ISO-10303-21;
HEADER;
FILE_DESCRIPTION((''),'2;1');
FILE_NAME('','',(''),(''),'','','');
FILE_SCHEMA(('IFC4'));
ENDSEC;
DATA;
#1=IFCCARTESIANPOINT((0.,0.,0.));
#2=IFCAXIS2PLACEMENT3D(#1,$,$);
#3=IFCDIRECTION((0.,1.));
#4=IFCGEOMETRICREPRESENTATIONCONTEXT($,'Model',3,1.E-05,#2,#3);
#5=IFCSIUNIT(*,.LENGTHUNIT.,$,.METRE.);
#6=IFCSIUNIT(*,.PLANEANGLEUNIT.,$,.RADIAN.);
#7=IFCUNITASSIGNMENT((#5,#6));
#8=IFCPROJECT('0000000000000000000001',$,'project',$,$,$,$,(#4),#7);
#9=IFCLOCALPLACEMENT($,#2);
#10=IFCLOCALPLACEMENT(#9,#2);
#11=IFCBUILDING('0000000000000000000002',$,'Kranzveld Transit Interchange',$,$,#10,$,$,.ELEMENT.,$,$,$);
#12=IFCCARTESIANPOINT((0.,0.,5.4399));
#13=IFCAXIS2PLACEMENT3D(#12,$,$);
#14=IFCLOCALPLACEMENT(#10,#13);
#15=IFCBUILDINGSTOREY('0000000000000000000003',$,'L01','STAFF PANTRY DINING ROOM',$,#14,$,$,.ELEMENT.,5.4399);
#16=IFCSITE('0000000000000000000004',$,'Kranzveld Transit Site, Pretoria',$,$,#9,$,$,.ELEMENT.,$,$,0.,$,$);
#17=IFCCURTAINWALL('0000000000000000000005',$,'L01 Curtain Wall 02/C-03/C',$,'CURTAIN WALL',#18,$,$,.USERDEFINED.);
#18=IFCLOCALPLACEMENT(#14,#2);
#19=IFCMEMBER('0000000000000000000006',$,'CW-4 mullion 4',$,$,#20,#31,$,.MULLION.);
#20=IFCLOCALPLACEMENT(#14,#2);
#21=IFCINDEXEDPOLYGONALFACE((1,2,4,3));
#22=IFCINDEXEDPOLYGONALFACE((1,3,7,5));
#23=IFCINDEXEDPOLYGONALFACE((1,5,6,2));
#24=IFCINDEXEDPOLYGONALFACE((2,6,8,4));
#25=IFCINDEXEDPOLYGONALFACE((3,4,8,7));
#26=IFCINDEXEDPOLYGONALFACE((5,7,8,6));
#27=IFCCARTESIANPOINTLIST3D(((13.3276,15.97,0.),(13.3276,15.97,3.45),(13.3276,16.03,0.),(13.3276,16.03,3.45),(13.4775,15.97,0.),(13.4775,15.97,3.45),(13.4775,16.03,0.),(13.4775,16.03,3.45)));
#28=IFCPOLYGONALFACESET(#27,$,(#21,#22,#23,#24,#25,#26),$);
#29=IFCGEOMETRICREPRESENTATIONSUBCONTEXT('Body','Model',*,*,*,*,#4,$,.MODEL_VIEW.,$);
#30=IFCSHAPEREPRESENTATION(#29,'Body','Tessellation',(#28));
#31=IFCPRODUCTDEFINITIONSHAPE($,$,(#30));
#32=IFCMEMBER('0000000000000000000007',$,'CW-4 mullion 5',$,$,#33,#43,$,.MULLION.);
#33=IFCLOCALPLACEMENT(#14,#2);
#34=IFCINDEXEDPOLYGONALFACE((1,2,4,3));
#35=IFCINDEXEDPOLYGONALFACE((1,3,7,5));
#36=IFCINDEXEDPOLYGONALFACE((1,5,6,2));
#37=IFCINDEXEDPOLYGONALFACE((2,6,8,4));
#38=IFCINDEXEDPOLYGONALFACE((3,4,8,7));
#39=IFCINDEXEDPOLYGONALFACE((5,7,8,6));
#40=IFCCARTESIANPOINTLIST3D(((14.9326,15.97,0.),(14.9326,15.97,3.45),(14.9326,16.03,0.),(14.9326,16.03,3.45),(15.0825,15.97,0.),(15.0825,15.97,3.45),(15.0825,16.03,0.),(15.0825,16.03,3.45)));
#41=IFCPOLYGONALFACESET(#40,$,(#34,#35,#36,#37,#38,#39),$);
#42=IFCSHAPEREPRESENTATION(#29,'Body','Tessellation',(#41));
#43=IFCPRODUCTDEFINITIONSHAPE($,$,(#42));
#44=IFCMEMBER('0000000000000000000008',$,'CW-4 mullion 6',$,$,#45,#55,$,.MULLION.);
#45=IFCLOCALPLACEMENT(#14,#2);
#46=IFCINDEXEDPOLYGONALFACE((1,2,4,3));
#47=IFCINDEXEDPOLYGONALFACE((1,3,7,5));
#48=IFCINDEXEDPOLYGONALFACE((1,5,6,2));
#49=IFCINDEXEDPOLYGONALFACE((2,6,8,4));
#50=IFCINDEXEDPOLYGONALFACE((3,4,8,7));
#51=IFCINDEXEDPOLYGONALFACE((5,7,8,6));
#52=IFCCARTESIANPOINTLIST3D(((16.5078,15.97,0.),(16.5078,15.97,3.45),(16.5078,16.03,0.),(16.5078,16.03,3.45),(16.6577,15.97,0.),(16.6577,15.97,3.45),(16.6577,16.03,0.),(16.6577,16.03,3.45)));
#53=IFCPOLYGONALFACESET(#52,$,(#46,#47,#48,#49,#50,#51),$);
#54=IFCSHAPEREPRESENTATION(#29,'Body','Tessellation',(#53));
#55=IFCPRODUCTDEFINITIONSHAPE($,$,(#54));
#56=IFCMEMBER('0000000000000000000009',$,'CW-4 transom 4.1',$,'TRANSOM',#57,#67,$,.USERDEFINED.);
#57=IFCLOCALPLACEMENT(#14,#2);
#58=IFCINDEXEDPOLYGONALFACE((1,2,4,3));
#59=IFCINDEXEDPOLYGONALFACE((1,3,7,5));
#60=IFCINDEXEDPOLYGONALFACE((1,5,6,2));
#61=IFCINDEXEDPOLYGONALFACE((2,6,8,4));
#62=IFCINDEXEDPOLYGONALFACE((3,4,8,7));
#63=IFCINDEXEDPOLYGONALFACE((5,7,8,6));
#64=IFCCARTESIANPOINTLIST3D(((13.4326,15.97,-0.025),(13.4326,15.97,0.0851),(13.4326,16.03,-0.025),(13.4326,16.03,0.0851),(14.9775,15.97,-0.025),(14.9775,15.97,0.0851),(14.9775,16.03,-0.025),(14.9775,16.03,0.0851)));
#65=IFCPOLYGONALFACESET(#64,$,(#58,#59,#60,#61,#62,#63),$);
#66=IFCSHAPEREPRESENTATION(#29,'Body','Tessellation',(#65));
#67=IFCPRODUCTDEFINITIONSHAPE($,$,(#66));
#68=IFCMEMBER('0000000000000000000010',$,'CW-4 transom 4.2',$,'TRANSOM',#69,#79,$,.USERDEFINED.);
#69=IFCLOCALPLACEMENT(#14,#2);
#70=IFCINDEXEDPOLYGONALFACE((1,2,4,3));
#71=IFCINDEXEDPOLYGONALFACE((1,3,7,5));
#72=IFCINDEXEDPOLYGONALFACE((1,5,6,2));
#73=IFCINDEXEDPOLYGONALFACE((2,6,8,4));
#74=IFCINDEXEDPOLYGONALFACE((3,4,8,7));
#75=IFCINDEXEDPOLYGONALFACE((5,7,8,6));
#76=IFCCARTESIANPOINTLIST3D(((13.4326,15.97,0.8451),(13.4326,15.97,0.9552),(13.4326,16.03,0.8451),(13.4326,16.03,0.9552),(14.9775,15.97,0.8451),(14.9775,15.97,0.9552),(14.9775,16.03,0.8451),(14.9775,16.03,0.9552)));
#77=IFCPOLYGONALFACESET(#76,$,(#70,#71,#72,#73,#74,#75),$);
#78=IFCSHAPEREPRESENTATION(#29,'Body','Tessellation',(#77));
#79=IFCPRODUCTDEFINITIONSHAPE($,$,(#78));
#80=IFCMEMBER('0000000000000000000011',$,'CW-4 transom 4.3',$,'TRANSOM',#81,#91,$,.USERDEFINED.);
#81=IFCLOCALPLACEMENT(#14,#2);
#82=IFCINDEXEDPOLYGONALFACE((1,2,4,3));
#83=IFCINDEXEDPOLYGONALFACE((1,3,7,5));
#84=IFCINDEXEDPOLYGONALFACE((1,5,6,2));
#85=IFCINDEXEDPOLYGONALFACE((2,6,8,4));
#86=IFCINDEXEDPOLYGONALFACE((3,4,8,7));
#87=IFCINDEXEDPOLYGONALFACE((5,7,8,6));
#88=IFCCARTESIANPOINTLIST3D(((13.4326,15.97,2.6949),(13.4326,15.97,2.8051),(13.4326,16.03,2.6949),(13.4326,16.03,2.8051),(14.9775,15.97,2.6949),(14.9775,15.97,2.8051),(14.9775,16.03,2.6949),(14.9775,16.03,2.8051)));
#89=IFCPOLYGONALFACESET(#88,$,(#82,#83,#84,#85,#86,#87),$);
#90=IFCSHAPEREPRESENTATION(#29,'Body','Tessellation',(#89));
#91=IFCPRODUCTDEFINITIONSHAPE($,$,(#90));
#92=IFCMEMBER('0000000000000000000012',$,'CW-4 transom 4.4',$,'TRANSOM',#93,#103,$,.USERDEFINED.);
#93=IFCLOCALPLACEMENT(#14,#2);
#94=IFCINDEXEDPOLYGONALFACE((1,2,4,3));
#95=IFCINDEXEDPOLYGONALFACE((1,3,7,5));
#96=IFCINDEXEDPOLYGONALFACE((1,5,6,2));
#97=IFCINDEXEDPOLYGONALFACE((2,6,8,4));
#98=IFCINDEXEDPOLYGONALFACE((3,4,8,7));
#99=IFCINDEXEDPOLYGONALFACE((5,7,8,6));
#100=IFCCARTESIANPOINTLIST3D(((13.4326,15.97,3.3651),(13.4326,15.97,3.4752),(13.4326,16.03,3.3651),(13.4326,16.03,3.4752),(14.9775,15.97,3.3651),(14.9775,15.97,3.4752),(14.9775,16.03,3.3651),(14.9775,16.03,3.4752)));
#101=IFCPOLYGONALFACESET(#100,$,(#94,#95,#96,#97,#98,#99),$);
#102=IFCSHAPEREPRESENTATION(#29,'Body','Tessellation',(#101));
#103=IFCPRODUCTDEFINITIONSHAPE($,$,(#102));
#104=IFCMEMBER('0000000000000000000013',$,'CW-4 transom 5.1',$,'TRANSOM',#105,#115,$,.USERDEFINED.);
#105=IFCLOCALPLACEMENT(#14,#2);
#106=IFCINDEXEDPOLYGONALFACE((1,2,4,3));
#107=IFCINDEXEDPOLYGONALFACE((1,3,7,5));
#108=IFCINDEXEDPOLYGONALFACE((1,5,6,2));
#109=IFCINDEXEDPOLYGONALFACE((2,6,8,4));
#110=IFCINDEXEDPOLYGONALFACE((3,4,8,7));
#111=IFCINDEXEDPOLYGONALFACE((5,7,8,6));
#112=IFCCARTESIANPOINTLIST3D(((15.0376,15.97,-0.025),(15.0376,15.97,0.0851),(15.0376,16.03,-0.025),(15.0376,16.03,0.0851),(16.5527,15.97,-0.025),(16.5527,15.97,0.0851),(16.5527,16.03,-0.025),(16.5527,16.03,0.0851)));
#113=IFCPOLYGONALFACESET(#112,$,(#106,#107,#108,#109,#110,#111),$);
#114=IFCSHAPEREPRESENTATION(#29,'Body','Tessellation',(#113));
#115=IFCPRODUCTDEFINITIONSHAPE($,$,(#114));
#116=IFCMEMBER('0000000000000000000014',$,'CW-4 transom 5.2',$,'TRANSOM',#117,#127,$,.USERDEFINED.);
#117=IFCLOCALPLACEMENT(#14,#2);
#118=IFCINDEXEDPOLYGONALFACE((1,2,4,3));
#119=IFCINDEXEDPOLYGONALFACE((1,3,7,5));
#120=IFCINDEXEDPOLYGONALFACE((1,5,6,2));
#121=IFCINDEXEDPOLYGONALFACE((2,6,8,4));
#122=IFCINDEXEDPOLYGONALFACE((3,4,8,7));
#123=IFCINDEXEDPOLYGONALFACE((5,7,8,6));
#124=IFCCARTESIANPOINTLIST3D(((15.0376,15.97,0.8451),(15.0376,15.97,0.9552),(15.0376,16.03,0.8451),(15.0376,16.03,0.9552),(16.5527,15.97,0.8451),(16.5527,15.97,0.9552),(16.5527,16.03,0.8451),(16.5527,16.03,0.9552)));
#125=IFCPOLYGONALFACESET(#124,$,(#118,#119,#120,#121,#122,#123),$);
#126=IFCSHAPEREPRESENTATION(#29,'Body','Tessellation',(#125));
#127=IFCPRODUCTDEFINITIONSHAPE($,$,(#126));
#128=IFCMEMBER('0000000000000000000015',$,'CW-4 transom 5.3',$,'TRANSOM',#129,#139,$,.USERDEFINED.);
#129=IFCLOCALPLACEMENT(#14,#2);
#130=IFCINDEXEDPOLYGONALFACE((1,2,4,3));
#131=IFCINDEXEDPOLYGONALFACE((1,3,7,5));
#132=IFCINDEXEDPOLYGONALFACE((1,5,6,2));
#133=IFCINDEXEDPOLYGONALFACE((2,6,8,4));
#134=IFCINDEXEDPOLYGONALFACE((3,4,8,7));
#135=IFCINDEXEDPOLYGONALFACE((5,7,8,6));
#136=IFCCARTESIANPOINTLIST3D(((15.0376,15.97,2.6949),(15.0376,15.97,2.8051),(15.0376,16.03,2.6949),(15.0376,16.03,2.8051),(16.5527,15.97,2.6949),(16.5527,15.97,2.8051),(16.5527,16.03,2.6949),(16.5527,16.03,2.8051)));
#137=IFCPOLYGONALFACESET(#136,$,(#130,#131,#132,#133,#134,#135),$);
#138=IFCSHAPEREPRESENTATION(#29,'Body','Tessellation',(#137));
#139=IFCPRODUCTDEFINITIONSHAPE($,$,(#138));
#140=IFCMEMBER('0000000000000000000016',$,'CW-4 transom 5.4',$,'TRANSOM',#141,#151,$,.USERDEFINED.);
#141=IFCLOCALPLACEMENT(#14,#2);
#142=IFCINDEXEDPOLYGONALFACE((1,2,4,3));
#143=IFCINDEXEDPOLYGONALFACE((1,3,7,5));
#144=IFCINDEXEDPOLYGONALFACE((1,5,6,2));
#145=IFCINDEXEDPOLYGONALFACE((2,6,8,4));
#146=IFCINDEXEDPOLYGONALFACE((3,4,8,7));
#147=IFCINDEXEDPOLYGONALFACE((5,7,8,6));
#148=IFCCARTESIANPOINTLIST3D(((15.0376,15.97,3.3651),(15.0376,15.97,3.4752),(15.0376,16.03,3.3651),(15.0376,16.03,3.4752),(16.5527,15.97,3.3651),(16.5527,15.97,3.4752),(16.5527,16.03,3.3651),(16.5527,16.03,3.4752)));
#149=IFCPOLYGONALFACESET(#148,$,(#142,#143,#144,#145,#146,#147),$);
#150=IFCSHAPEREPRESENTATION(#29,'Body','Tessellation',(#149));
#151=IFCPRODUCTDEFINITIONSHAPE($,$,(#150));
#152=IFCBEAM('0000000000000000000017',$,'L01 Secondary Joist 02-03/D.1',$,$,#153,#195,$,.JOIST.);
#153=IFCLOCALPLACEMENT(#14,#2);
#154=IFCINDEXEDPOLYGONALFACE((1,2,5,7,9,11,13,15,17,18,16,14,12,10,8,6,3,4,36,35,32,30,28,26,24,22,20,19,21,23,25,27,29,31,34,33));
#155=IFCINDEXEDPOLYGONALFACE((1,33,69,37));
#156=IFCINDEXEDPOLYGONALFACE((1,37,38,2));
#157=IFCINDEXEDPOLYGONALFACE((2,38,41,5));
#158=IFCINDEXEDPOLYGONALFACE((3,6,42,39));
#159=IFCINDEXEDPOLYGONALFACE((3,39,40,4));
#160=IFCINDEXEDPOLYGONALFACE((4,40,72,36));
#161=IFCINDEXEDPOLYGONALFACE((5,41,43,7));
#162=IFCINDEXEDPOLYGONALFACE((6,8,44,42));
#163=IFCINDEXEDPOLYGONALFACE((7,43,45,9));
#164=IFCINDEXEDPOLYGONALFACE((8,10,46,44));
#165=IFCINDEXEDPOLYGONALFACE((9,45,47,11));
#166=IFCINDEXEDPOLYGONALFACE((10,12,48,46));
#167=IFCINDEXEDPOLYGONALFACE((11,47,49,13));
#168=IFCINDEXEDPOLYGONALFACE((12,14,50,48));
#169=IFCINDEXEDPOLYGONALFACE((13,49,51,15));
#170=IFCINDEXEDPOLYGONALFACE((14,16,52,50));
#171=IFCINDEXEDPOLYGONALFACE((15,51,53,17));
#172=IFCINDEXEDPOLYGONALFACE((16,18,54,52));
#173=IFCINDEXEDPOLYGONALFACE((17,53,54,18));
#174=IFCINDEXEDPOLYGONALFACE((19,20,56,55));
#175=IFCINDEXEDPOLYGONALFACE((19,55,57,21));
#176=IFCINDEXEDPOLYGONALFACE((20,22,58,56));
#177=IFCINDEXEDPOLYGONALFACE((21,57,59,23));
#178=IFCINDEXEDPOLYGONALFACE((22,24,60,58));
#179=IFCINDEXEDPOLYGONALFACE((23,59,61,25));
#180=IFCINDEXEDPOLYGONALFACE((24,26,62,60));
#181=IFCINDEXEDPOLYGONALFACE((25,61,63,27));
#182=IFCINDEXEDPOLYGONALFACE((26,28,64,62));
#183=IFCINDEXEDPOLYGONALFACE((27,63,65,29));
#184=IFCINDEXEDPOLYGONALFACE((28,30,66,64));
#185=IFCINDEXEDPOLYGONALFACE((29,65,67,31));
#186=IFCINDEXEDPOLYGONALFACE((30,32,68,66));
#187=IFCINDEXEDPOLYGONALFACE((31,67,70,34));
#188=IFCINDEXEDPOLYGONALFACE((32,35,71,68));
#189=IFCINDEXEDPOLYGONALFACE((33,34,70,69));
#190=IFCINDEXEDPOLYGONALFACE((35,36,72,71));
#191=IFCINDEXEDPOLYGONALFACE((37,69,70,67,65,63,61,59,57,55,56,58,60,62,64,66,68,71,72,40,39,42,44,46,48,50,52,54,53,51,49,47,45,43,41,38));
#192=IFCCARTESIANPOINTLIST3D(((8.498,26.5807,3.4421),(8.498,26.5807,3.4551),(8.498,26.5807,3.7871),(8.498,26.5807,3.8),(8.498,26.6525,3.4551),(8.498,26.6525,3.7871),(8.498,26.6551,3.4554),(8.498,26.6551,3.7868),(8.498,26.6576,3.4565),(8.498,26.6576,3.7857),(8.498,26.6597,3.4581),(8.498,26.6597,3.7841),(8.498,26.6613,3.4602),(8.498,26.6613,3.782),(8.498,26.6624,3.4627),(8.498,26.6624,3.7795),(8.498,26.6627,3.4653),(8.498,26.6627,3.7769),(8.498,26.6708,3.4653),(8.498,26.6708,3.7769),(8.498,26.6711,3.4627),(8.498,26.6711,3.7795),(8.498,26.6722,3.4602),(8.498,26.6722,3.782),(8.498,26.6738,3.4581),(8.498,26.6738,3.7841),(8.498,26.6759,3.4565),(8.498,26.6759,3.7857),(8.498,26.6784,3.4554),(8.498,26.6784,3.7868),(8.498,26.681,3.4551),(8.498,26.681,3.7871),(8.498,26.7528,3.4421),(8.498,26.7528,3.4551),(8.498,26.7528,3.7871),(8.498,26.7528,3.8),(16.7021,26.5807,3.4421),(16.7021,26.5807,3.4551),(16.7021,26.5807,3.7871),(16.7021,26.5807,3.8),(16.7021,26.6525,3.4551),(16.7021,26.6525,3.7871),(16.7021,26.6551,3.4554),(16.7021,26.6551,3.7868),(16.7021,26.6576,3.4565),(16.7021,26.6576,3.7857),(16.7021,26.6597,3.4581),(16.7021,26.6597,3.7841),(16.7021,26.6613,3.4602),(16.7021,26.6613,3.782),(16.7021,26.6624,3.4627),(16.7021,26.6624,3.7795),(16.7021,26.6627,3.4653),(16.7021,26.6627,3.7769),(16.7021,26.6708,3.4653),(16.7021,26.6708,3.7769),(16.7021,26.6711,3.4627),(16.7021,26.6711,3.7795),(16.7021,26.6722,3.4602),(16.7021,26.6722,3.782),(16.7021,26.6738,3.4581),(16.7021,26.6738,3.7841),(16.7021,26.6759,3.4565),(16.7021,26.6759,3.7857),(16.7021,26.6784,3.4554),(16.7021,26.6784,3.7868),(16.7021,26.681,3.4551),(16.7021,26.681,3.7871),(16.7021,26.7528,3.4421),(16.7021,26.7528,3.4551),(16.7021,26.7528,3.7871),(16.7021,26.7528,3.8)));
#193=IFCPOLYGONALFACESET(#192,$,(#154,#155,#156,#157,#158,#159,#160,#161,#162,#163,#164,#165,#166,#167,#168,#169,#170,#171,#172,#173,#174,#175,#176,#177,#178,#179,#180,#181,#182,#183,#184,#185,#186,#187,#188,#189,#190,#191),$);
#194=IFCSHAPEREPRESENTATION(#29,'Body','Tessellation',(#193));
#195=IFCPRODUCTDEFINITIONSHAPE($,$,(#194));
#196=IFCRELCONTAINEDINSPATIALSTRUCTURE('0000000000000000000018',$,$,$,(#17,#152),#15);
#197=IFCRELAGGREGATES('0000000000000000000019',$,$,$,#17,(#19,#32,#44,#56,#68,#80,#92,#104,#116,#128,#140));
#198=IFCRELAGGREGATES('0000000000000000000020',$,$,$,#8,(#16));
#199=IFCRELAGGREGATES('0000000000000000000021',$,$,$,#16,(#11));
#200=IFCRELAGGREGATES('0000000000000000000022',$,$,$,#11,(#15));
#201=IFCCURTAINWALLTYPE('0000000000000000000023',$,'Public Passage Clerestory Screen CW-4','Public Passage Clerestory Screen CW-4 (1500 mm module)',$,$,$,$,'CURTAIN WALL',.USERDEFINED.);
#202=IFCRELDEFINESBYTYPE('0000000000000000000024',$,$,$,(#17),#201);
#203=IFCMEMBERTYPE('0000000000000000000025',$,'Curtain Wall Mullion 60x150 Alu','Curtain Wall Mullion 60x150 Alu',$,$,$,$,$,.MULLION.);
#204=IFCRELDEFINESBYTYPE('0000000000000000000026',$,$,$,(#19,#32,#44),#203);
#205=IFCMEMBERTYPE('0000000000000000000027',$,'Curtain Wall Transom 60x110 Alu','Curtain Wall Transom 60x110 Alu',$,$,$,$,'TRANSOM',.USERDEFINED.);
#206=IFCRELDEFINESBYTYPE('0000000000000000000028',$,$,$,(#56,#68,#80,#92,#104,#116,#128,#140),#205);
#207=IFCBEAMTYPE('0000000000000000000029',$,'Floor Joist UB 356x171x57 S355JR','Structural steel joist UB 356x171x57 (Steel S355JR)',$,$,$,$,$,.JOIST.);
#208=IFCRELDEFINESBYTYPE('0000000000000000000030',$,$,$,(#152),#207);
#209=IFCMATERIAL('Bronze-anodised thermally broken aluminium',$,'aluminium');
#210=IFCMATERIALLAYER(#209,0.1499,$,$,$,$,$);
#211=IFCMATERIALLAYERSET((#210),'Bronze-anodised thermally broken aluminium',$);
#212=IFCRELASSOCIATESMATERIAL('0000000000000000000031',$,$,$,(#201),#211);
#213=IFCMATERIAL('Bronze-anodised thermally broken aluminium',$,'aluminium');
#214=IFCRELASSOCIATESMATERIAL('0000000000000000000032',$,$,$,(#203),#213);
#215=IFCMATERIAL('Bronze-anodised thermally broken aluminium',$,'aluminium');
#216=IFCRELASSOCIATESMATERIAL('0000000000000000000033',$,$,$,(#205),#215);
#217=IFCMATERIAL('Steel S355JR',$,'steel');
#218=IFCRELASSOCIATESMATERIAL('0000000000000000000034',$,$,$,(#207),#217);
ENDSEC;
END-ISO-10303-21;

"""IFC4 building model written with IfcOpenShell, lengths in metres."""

from ifc_helpers import new_model, si_unit, direction, frame, origin, origin_2d, place, context, subcontext, project, spatial, rectangle, i_section, extrude, material, layer, layer_set, material_profile, profile_set, type_object, element, aggregate, save


model = new_model("IFC4")

# Units and contexts
model_context = context("Model", 3, precision=1e-05, world=origin(), true_north=direction((0.0, 1.0)))
body_context = subcontext(model_context, "Body", "Model", "MODEL_VIEW")
ifc_project = project(units=[si_unit("LENGTHUNIT", "METRE"), si_unit("PLANEANGLEUNIT", "RADIAN")], contexts=[model_context])

# Site, building, storey
site_placement = place(None, origin())
site = spatial("IfcSite", under=ifc_project, at=site_placement, Name="Kranzveld Transit Site, Pretoria", CompositionType="ELEMENT", RefElevation=0.0)
building_placement = place(site_placement, origin())
building = spatial("IfcBuilding", under=site, at=building_placement, Name="Kranzveld Transit Interchange", CompositionType="ELEMENT")
storey_placement = place(building_placement, frame((0.0, 0.0, 5.4399)))
storey = spatial("IfcBuildingStorey", under=building, at=storey_placement, Name="L01", Description="STAFF PANTRY DINING ROOM", CompositionType="ELEMENT", Elevation=5.4399)

# Curtain wall, members
ifc_material_1 = material(Name="Bronze-anodised thermally broken aluminium", Category="aluminium")
ifc_layer_1 = layer(ifc_material_1, 0.1499)
ifc_layer_set_1 = layer_set([ifc_layer_1], Name="Bronze-anodised thermally broken aluminium")
curtain_wall_type = type_object("IfcCurtainWallType", Name="Public Passage Clerestory Screen CW-4", Description="Public Passage Clerestory Screen CW-4 (1500 mm module)", ElementType="CURTAIN WALL", PredefinedType="USERDEFINED", material=ifc_layer_set_1)
curtain_wall_placement = place(storey_placement, origin())
curtain_wall = element("IfcCurtainWall", 1, at=curtain_wall_placement, inside=storey, type_object=curtain_wall_type, Name="L01 Curtain Wall 02/C-03/C", ObjectType="CURTAIN WALL", PredefinedType="USERDEFINED")
ifc_material_2 = material(Name="Bronze-anodised thermally broken aluminium", Category="aluminium")
ifc_material_profile_1 = material_profile(ifc_material_2, rectangle(XDim=0.0601, YDim=0.1499, at=origin_2d()), Name="ALU MULLION 60x150")
ifc_profile_set_1 = profile_set([ifc_material_profile_1], Name="Bronze-anodised thermally broken aluminium")
member_type_1 = type_object("IfcMemberType", Name="Curtain Wall Mullion 60x150 Alu", Description="Curtain Wall Mullion 60x150 Alu", PredefinedType="MULLION", material=ifc_profile_set_1)
member_1_placement = place(storey_placement, frame((13.4026, 16.0, 0.0), z_axis=(0.0, 0.0, 1.0), x_axis=(0.0, 1.0, 0.0)))
member_1 = element("IfcMember", 2, at=member_1_placement, type_object=member_type_1, Name="CW-4 mullion 4", PredefinedType="MULLION", context=body_context, shape_type="SweptSolid", body=[
    extrude(rectangle(XDim=0.0601, YDim=0.1499, at=origin_2d()), origin(), (0.0, 0.0, 1.0), 3.45),
])
member_2_placement = place(storey_placement, frame((15.0076, 16.0, 0.0), z_axis=(0.0, 0.0, 1.0), x_axis=(0.0, 1.0, 0.0)))
member_2 = element("IfcMember", 3, at=member_2_placement, type_object=member_type_1, Name="CW-4 mullion 5", PredefinedType="MULLION", context=body_context, shape_type="SweptSolid", body=[
    extrude(rectangle(XDim=0.0601, YDim=0.1499, at=origin_2d()), origin(), (0.0, 0.0, 1.0), 3.45),
])
member_3_placement = place(storey_placement, frame((16.5828, 16.0, 0.0), z_axis=(0.0, 0.0, 1.0), x_axis=(0.0, 1.0, 0.0)))
member_3 = element("IfcMember", 4, at=member_3_placement, type_object=member_type_1, Name="CW-4 mullion 6", PredefinedType="MULLION", context=body_context, shape_type="SweptSolid", body=[
    extrude(rectangle(XDim=0.0601, YDim=0.1499, at=origin_2d()), origin(), (0.0, 0.0, 1.0), 3.45),
])
ifc_material_3 = material(Name="Bronze-anodised thermally broken aluminium", Category="aluminium")
ifc_material_profile_2 = material_profile(ifc_material_3, rectangle(XDim=0.0601, YDim=0.1101, at=origin_2d()), Name="ALU TRANSOM 60x110")
ifc_profile_set_2 = profile_set([ifc_material_profile_2], Name="Bronze-anodised thermally broken aluminium")
member_type_2 = type_object("IfcMemberType", Name="Curtain Wall Transom 60x110 Alu", Description="Curtain Wall Transom 60x110 Alu", ElementType="TRANSOM", PredefinedType="USERDEFINED", material=ifc_profile_set_2)
member_4_placement = place(storey_placement, frame((13.4326, 16.0, 0.03), z_axis=(1.0, 0.0, 0.0), x_axis=(0.0, 1.0, 0.0)))
member_4 = element("IfcMember", 5, at=member_4_placement, type_object=member_type_2, Name="CW-4 transom 4.1", ObjectType="TRANSOM", PredefinedType="USERDEFINED", context=body_context, shape_type="SweptSolid", body=[
    extrude(rectangle(XDim=0.0601, YDim=0.1101, at=origin_2d()), origin(), (0.0, 0.0, 1.0), 1.5449),
])
member_5_placement = place(storey_placement, frame((13.4326, 16.0, 0.9001), z_axis=(1.0, 0.0, 0.0), x_axis=(0.0, 1.0, 0.0)))
member_5 = element("IfcMember", 6, at=member_5_placement, type_object=member_type_2, Name="CW-4 transom 4.2", ObjectType="TRANSOM", PredefinedType="USERDEFINED", context=body_context, shape_type="SweptSolid", body=[
    extrude(rectangle(XDim=0.0601, YDim=0.1101, at=origin_2d()), origin(), (0.0, 0.0, 1.0), 1.5449),
])
member_6_placement = place(storey_placement, frame((13.4326, 16.0, 2.75), z_axis=(1.0, 0.0, 0.0), x_axis=(0.0, 1.0, 0.0)))
member_6 = element("IfcMember", 7, at=member_6_placement, type_object=member_type_2, Name="CW-4 transom 4.3", ObjectType="TRANSOM", PredefinedType="USERDEFINED", context=body_context, shape_type="SweptSolid", body=[
    extrude(rectangle(XDim=0.0601, YDim=0.1101, at=origin_2d()), origin(), (0.0, 0.0, 1.0), 1.5449),
])
member_7_placement = place(storey_placement, frame((13.4326, 16.0, 3.4202), z_axis=(1.0, 0.0, 0.0), x_axis=(0.0, 1.0, 0.0)))
member_7 = element("IfcMember", 8, at=member_7_placement, type_object=member_type_2, Name="CW-4 transom 4.4", ObjectType="TRANSOM", PredefinedType="USERDEFINED", context=body_context, shape_type="SweptSolid", body=[
    extrude(rectangle(XDim=0.0601, YDim=0.1101, at=origin_2d()), origin(), (0.0, 0.0, 1.0), 1.5449),
])
member_8_placement = place(storey_placement, frame((15.0376, 16.0, 0.03), z_axis=(1.0, 0.0, 0.0), x_axis=(0.0, 1.0, 0.0)))
member_8 = element("IfcMember", 9, at=member_8_placement, type_object=member_type_2, Name="CW-4 transom 5.1", ObjectType="TRANSOM", PredefinedType="USERDEFINED", context=body_context, shape_type="SweptSolid", body=[
    extrude(rectangle(XDim=0.0601, YDim=0.1101, at=origin_2d()), origin(), (0.0, 0.0, 1.0), 1.5151),
])
member_9_placement = place(storey_placement, frame((15.0376, 16.0, 0.9001), z_axis=(1.0, 0.0, 0.0), x_axis=(0.0, 1.0, 0.0)))
member_9 = element("IfcMember", 10, at=member_9_placement, type_object=member_type_2, Name="CW-4 transom 5.2", ObjectType="TRANSOM", PredefinedType="USERDEFINED", context=body_context, shape_type="SweptSolid", body=[
    extrude(rectangle(XDim=0.0601, YDim=0.1101, at=origin_2d()), origin(), (0.0, 0.0, 1.0), 1.5151),
])
member_10_placement = place(storey_placement, frame((15.0376, 16.0, 2.75), z_axis=(1.0, 0.0, 0.0), x_axis=(0.0, 1.0, 0.0)))
member_10 = element("IfcMember", 11, at=member_10_placement, type_object=member_type_2, Name="CW-4 transom 5.3", ObjectType="TRANSOM", PredefinedType="USERDEFINED", context=body_context, shape_type="SweptSolid", body=[
    extrude(rectangle(XDim=0.0601, YDim=0.1101, at=origin_2d()), origin(), (0.0, 0.0, 1.0), 1.5151),
])
member_11_placement = place(storey_placement, frame((15.0376, 16.0, 3.4202), z_axis=(1.0, 0.0, 0.0), x_axis=(0.0, 1.0, 0.0)))
member_11 = element("IfcMember", 12, at=member_11_placement, type_object=member_type_2, Name="CW-4 transom 5.4", ObjectType="TRANSOM", PredefinedType="USERDEFINED", context=body_context, shape_type="SweptSolid", body=[
    extrude(rectangle(XDim=0.0601, YDim=0.1101, at=origin_2d()), origin(), (0.0, 0.0, 1.0), 1.5151),
])

# Beam
ifc_material_4 = material(Name="Steel S355JR", Category="steel")
ifc_material_profile_3 = material_profile(ifc_material_4, i_section(OverallWidth=0.1721, OverallDepth=0.3579, WebThickness=0.0081, FlangeThickness=0.0129, FilletRadius=0.0103, at=origin_2d()), Name="UB 356x171x57")
ifc_profile_set_3 = profile_set([ifc_material_profile_3], Name="Steel S355JR")
beam_type_1 = type_object("IfcBeamType", Name="Floor Joist UB 356x171x57 S355JR", Description="Structural steel joist UB 356x171x57 (Steel S355JR)", PredefinedType="JOIST", material=ifc_profile_set_3)
beam_1_placement = place(storey_placement, frame((8.498, 26.6667, 3.6211), z_axis=(1.0, 0.0, 0.0), x_axis=(0.0, 1.0, 0.0)))
element("IfcBeam", 13, at=beam_1_placement, inside=storey, type_object=beam_type_1, Name="L01 Secondary Joist 02-03/D.1", PredefinedType="JOIST", context=body_context, shape_type="SweptSolid", body=[
    extrude(i_section(OverallWidth=0.1721, OverallDepth=0.3579, WebThickness=0.0081, FlangeThickness=0.0129, FilletRadius=0.0103, at=origin_2d()), origin(), (0.0, 0.0, 1.0), 8.2041),
])

aggregate(curtain_wall, [member_1, member_2, member_3, member_4, member_5, member_6, member_7, member_8, member_9, member_10, member_11])

save(model, "model.ifc")
